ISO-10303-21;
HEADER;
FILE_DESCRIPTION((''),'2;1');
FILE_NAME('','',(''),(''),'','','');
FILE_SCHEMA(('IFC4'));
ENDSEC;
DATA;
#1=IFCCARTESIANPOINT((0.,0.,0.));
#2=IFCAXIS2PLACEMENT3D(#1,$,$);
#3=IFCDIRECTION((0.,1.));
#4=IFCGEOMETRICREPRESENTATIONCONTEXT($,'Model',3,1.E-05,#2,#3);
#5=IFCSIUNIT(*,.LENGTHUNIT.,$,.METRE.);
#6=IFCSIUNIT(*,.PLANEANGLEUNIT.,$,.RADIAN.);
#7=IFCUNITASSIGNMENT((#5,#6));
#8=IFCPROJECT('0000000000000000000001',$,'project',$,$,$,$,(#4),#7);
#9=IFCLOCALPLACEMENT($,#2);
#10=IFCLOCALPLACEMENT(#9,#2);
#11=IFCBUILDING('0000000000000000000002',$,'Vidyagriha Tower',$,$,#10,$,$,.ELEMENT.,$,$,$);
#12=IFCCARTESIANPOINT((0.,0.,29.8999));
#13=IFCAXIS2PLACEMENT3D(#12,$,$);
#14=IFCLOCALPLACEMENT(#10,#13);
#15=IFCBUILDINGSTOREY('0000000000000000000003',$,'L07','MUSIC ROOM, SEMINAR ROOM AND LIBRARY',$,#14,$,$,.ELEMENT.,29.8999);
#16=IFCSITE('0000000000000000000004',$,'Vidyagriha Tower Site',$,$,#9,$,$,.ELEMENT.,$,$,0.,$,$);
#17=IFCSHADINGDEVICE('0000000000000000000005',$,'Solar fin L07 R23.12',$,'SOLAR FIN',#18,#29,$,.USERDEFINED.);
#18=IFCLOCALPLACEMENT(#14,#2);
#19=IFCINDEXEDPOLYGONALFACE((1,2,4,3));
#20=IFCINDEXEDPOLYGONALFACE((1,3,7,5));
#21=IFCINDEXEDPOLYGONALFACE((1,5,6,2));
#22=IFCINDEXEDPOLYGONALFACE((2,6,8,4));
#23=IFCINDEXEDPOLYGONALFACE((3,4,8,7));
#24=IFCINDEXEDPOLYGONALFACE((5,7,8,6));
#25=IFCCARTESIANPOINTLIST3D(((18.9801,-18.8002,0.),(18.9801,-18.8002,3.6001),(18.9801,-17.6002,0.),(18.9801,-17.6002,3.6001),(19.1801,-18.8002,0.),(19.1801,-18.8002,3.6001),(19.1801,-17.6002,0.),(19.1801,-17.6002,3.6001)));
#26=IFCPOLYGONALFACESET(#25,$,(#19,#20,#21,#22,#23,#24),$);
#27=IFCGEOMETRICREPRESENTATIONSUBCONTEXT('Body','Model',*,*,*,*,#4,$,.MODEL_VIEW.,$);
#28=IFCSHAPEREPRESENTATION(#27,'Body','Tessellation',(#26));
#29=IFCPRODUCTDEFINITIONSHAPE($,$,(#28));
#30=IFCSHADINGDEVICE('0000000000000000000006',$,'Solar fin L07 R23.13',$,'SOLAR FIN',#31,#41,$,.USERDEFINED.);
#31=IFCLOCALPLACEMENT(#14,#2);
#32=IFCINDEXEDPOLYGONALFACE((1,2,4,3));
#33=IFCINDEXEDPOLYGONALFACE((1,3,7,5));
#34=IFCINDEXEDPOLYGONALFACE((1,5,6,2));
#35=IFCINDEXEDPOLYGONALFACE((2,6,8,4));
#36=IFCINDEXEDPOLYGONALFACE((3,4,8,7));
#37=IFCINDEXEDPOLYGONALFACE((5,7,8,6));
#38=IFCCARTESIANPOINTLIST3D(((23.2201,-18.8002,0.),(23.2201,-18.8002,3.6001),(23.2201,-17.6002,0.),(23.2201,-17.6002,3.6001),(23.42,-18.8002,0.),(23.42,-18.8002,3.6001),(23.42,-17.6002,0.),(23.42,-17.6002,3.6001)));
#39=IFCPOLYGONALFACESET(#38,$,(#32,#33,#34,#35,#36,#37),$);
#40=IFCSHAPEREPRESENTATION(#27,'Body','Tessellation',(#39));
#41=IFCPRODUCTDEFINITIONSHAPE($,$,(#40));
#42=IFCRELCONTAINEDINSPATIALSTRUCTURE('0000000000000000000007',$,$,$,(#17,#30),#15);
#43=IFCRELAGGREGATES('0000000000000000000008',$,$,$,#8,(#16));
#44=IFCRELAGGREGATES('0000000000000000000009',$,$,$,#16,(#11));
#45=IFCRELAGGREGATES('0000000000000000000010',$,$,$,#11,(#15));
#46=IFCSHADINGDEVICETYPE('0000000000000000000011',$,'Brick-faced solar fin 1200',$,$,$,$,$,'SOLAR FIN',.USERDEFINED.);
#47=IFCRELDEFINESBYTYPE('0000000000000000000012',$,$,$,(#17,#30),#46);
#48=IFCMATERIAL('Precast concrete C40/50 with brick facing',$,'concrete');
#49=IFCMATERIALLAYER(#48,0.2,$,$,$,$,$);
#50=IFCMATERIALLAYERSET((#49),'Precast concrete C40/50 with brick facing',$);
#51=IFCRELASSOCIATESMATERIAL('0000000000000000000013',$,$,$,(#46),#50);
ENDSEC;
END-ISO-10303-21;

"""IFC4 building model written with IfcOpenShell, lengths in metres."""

from ifc_helpers import new_model, si_unit, direction, frame, frame_2d, origin, place, context, subcontext, project, spatial, rectangle, extrude, material, layer, layer_set, type_object, element, save


model = new_model("IFC4")

# Units and contexts
model_context = context("Model", 3, precision=1e-05, world=origin(), true_north=direction((0.0, 1.0)))
body_context = subcontext(model_context, "Body", "Model", "MODEL_VIEW")
ifc_project = project(units=[si_unit("LENGTHUNIT", "METRE"), si_unit("PLANEANGLEUNIT", "RADIAN")], contexts=[model_context])

# Site, building, storey
site_placement = place(None, origin())
site = spatial("IfcSite", under=ifc_project, at=site_placement, Name="Vidyagriha Tower Site", CompositionType="ELEMENT", RefElevation=0.0)
building_placement = place(site_placement, origin())
building = spatial("IfcBuilding", under=site, at=building_placement, Name="Vidyagriha Tower", CompositionType="ELEMENT")
storey_placement = place(building_placement, frame((0.0, 0.0, 29.8999)))
storey = spatial("IfcBuildingStorey", under=building, at=storey_placement, Name="L07", Description="MUSIC ROOM, SEMINAR ROOM AND LIBRARY", CompositionType="ELEMENT", Elevation=29.8999)

# Shading devices
ifc_material_1 = material(Name="Precast concrete C40/50 with brick facing", Category="concrete")
ifc_layer_1 = layer(ifc_material_1, 0.2)
ifc_layer_set_1 = layer_set([ifc_layer_1], Name="Precast concrete C40/50 with brick facing")
shading_device_type = type_object("IfcShadingDeviceType", Name="Brick-faced solar fin 1200", ElementType="SOLAR FIN", PredefinedType="USERDEFINED", material=ifc_layer_set_1)
for number, where, z_axis, x_axis, name in (
    (1, (19.0801, -17.6001, 0.0), (0.0, 0.0, 1.0), (0.0, -1.0, 0.0), "Solar fin L07 R23.12"),
    (2, (23.3201, -17.6001, 0.0), (0.0, 0.0, 1.0), (0.0, -1.0, 0.0), "Solar fin L07 R23.13"),
):
    element("IfcShadingDevice", number, at=place(storey_placement, frame(where, z_axis=z_axis, x_axis=x_axis)), inside=storey, type_object=shading_device_type, Name=name, ObjectType="SOLAR FIN", PredefinedType="USERDEFINED", context=body_context, shape_type="SweptSolid", body=[
        extrude(rectangle(XDim=1.2, YDim=0.2, at=frame_2d((0.6001, 0.0))), origin(), (0.0, 0.0, 1.0), 3.6001),
    ])

save(model, "model.ifc")
